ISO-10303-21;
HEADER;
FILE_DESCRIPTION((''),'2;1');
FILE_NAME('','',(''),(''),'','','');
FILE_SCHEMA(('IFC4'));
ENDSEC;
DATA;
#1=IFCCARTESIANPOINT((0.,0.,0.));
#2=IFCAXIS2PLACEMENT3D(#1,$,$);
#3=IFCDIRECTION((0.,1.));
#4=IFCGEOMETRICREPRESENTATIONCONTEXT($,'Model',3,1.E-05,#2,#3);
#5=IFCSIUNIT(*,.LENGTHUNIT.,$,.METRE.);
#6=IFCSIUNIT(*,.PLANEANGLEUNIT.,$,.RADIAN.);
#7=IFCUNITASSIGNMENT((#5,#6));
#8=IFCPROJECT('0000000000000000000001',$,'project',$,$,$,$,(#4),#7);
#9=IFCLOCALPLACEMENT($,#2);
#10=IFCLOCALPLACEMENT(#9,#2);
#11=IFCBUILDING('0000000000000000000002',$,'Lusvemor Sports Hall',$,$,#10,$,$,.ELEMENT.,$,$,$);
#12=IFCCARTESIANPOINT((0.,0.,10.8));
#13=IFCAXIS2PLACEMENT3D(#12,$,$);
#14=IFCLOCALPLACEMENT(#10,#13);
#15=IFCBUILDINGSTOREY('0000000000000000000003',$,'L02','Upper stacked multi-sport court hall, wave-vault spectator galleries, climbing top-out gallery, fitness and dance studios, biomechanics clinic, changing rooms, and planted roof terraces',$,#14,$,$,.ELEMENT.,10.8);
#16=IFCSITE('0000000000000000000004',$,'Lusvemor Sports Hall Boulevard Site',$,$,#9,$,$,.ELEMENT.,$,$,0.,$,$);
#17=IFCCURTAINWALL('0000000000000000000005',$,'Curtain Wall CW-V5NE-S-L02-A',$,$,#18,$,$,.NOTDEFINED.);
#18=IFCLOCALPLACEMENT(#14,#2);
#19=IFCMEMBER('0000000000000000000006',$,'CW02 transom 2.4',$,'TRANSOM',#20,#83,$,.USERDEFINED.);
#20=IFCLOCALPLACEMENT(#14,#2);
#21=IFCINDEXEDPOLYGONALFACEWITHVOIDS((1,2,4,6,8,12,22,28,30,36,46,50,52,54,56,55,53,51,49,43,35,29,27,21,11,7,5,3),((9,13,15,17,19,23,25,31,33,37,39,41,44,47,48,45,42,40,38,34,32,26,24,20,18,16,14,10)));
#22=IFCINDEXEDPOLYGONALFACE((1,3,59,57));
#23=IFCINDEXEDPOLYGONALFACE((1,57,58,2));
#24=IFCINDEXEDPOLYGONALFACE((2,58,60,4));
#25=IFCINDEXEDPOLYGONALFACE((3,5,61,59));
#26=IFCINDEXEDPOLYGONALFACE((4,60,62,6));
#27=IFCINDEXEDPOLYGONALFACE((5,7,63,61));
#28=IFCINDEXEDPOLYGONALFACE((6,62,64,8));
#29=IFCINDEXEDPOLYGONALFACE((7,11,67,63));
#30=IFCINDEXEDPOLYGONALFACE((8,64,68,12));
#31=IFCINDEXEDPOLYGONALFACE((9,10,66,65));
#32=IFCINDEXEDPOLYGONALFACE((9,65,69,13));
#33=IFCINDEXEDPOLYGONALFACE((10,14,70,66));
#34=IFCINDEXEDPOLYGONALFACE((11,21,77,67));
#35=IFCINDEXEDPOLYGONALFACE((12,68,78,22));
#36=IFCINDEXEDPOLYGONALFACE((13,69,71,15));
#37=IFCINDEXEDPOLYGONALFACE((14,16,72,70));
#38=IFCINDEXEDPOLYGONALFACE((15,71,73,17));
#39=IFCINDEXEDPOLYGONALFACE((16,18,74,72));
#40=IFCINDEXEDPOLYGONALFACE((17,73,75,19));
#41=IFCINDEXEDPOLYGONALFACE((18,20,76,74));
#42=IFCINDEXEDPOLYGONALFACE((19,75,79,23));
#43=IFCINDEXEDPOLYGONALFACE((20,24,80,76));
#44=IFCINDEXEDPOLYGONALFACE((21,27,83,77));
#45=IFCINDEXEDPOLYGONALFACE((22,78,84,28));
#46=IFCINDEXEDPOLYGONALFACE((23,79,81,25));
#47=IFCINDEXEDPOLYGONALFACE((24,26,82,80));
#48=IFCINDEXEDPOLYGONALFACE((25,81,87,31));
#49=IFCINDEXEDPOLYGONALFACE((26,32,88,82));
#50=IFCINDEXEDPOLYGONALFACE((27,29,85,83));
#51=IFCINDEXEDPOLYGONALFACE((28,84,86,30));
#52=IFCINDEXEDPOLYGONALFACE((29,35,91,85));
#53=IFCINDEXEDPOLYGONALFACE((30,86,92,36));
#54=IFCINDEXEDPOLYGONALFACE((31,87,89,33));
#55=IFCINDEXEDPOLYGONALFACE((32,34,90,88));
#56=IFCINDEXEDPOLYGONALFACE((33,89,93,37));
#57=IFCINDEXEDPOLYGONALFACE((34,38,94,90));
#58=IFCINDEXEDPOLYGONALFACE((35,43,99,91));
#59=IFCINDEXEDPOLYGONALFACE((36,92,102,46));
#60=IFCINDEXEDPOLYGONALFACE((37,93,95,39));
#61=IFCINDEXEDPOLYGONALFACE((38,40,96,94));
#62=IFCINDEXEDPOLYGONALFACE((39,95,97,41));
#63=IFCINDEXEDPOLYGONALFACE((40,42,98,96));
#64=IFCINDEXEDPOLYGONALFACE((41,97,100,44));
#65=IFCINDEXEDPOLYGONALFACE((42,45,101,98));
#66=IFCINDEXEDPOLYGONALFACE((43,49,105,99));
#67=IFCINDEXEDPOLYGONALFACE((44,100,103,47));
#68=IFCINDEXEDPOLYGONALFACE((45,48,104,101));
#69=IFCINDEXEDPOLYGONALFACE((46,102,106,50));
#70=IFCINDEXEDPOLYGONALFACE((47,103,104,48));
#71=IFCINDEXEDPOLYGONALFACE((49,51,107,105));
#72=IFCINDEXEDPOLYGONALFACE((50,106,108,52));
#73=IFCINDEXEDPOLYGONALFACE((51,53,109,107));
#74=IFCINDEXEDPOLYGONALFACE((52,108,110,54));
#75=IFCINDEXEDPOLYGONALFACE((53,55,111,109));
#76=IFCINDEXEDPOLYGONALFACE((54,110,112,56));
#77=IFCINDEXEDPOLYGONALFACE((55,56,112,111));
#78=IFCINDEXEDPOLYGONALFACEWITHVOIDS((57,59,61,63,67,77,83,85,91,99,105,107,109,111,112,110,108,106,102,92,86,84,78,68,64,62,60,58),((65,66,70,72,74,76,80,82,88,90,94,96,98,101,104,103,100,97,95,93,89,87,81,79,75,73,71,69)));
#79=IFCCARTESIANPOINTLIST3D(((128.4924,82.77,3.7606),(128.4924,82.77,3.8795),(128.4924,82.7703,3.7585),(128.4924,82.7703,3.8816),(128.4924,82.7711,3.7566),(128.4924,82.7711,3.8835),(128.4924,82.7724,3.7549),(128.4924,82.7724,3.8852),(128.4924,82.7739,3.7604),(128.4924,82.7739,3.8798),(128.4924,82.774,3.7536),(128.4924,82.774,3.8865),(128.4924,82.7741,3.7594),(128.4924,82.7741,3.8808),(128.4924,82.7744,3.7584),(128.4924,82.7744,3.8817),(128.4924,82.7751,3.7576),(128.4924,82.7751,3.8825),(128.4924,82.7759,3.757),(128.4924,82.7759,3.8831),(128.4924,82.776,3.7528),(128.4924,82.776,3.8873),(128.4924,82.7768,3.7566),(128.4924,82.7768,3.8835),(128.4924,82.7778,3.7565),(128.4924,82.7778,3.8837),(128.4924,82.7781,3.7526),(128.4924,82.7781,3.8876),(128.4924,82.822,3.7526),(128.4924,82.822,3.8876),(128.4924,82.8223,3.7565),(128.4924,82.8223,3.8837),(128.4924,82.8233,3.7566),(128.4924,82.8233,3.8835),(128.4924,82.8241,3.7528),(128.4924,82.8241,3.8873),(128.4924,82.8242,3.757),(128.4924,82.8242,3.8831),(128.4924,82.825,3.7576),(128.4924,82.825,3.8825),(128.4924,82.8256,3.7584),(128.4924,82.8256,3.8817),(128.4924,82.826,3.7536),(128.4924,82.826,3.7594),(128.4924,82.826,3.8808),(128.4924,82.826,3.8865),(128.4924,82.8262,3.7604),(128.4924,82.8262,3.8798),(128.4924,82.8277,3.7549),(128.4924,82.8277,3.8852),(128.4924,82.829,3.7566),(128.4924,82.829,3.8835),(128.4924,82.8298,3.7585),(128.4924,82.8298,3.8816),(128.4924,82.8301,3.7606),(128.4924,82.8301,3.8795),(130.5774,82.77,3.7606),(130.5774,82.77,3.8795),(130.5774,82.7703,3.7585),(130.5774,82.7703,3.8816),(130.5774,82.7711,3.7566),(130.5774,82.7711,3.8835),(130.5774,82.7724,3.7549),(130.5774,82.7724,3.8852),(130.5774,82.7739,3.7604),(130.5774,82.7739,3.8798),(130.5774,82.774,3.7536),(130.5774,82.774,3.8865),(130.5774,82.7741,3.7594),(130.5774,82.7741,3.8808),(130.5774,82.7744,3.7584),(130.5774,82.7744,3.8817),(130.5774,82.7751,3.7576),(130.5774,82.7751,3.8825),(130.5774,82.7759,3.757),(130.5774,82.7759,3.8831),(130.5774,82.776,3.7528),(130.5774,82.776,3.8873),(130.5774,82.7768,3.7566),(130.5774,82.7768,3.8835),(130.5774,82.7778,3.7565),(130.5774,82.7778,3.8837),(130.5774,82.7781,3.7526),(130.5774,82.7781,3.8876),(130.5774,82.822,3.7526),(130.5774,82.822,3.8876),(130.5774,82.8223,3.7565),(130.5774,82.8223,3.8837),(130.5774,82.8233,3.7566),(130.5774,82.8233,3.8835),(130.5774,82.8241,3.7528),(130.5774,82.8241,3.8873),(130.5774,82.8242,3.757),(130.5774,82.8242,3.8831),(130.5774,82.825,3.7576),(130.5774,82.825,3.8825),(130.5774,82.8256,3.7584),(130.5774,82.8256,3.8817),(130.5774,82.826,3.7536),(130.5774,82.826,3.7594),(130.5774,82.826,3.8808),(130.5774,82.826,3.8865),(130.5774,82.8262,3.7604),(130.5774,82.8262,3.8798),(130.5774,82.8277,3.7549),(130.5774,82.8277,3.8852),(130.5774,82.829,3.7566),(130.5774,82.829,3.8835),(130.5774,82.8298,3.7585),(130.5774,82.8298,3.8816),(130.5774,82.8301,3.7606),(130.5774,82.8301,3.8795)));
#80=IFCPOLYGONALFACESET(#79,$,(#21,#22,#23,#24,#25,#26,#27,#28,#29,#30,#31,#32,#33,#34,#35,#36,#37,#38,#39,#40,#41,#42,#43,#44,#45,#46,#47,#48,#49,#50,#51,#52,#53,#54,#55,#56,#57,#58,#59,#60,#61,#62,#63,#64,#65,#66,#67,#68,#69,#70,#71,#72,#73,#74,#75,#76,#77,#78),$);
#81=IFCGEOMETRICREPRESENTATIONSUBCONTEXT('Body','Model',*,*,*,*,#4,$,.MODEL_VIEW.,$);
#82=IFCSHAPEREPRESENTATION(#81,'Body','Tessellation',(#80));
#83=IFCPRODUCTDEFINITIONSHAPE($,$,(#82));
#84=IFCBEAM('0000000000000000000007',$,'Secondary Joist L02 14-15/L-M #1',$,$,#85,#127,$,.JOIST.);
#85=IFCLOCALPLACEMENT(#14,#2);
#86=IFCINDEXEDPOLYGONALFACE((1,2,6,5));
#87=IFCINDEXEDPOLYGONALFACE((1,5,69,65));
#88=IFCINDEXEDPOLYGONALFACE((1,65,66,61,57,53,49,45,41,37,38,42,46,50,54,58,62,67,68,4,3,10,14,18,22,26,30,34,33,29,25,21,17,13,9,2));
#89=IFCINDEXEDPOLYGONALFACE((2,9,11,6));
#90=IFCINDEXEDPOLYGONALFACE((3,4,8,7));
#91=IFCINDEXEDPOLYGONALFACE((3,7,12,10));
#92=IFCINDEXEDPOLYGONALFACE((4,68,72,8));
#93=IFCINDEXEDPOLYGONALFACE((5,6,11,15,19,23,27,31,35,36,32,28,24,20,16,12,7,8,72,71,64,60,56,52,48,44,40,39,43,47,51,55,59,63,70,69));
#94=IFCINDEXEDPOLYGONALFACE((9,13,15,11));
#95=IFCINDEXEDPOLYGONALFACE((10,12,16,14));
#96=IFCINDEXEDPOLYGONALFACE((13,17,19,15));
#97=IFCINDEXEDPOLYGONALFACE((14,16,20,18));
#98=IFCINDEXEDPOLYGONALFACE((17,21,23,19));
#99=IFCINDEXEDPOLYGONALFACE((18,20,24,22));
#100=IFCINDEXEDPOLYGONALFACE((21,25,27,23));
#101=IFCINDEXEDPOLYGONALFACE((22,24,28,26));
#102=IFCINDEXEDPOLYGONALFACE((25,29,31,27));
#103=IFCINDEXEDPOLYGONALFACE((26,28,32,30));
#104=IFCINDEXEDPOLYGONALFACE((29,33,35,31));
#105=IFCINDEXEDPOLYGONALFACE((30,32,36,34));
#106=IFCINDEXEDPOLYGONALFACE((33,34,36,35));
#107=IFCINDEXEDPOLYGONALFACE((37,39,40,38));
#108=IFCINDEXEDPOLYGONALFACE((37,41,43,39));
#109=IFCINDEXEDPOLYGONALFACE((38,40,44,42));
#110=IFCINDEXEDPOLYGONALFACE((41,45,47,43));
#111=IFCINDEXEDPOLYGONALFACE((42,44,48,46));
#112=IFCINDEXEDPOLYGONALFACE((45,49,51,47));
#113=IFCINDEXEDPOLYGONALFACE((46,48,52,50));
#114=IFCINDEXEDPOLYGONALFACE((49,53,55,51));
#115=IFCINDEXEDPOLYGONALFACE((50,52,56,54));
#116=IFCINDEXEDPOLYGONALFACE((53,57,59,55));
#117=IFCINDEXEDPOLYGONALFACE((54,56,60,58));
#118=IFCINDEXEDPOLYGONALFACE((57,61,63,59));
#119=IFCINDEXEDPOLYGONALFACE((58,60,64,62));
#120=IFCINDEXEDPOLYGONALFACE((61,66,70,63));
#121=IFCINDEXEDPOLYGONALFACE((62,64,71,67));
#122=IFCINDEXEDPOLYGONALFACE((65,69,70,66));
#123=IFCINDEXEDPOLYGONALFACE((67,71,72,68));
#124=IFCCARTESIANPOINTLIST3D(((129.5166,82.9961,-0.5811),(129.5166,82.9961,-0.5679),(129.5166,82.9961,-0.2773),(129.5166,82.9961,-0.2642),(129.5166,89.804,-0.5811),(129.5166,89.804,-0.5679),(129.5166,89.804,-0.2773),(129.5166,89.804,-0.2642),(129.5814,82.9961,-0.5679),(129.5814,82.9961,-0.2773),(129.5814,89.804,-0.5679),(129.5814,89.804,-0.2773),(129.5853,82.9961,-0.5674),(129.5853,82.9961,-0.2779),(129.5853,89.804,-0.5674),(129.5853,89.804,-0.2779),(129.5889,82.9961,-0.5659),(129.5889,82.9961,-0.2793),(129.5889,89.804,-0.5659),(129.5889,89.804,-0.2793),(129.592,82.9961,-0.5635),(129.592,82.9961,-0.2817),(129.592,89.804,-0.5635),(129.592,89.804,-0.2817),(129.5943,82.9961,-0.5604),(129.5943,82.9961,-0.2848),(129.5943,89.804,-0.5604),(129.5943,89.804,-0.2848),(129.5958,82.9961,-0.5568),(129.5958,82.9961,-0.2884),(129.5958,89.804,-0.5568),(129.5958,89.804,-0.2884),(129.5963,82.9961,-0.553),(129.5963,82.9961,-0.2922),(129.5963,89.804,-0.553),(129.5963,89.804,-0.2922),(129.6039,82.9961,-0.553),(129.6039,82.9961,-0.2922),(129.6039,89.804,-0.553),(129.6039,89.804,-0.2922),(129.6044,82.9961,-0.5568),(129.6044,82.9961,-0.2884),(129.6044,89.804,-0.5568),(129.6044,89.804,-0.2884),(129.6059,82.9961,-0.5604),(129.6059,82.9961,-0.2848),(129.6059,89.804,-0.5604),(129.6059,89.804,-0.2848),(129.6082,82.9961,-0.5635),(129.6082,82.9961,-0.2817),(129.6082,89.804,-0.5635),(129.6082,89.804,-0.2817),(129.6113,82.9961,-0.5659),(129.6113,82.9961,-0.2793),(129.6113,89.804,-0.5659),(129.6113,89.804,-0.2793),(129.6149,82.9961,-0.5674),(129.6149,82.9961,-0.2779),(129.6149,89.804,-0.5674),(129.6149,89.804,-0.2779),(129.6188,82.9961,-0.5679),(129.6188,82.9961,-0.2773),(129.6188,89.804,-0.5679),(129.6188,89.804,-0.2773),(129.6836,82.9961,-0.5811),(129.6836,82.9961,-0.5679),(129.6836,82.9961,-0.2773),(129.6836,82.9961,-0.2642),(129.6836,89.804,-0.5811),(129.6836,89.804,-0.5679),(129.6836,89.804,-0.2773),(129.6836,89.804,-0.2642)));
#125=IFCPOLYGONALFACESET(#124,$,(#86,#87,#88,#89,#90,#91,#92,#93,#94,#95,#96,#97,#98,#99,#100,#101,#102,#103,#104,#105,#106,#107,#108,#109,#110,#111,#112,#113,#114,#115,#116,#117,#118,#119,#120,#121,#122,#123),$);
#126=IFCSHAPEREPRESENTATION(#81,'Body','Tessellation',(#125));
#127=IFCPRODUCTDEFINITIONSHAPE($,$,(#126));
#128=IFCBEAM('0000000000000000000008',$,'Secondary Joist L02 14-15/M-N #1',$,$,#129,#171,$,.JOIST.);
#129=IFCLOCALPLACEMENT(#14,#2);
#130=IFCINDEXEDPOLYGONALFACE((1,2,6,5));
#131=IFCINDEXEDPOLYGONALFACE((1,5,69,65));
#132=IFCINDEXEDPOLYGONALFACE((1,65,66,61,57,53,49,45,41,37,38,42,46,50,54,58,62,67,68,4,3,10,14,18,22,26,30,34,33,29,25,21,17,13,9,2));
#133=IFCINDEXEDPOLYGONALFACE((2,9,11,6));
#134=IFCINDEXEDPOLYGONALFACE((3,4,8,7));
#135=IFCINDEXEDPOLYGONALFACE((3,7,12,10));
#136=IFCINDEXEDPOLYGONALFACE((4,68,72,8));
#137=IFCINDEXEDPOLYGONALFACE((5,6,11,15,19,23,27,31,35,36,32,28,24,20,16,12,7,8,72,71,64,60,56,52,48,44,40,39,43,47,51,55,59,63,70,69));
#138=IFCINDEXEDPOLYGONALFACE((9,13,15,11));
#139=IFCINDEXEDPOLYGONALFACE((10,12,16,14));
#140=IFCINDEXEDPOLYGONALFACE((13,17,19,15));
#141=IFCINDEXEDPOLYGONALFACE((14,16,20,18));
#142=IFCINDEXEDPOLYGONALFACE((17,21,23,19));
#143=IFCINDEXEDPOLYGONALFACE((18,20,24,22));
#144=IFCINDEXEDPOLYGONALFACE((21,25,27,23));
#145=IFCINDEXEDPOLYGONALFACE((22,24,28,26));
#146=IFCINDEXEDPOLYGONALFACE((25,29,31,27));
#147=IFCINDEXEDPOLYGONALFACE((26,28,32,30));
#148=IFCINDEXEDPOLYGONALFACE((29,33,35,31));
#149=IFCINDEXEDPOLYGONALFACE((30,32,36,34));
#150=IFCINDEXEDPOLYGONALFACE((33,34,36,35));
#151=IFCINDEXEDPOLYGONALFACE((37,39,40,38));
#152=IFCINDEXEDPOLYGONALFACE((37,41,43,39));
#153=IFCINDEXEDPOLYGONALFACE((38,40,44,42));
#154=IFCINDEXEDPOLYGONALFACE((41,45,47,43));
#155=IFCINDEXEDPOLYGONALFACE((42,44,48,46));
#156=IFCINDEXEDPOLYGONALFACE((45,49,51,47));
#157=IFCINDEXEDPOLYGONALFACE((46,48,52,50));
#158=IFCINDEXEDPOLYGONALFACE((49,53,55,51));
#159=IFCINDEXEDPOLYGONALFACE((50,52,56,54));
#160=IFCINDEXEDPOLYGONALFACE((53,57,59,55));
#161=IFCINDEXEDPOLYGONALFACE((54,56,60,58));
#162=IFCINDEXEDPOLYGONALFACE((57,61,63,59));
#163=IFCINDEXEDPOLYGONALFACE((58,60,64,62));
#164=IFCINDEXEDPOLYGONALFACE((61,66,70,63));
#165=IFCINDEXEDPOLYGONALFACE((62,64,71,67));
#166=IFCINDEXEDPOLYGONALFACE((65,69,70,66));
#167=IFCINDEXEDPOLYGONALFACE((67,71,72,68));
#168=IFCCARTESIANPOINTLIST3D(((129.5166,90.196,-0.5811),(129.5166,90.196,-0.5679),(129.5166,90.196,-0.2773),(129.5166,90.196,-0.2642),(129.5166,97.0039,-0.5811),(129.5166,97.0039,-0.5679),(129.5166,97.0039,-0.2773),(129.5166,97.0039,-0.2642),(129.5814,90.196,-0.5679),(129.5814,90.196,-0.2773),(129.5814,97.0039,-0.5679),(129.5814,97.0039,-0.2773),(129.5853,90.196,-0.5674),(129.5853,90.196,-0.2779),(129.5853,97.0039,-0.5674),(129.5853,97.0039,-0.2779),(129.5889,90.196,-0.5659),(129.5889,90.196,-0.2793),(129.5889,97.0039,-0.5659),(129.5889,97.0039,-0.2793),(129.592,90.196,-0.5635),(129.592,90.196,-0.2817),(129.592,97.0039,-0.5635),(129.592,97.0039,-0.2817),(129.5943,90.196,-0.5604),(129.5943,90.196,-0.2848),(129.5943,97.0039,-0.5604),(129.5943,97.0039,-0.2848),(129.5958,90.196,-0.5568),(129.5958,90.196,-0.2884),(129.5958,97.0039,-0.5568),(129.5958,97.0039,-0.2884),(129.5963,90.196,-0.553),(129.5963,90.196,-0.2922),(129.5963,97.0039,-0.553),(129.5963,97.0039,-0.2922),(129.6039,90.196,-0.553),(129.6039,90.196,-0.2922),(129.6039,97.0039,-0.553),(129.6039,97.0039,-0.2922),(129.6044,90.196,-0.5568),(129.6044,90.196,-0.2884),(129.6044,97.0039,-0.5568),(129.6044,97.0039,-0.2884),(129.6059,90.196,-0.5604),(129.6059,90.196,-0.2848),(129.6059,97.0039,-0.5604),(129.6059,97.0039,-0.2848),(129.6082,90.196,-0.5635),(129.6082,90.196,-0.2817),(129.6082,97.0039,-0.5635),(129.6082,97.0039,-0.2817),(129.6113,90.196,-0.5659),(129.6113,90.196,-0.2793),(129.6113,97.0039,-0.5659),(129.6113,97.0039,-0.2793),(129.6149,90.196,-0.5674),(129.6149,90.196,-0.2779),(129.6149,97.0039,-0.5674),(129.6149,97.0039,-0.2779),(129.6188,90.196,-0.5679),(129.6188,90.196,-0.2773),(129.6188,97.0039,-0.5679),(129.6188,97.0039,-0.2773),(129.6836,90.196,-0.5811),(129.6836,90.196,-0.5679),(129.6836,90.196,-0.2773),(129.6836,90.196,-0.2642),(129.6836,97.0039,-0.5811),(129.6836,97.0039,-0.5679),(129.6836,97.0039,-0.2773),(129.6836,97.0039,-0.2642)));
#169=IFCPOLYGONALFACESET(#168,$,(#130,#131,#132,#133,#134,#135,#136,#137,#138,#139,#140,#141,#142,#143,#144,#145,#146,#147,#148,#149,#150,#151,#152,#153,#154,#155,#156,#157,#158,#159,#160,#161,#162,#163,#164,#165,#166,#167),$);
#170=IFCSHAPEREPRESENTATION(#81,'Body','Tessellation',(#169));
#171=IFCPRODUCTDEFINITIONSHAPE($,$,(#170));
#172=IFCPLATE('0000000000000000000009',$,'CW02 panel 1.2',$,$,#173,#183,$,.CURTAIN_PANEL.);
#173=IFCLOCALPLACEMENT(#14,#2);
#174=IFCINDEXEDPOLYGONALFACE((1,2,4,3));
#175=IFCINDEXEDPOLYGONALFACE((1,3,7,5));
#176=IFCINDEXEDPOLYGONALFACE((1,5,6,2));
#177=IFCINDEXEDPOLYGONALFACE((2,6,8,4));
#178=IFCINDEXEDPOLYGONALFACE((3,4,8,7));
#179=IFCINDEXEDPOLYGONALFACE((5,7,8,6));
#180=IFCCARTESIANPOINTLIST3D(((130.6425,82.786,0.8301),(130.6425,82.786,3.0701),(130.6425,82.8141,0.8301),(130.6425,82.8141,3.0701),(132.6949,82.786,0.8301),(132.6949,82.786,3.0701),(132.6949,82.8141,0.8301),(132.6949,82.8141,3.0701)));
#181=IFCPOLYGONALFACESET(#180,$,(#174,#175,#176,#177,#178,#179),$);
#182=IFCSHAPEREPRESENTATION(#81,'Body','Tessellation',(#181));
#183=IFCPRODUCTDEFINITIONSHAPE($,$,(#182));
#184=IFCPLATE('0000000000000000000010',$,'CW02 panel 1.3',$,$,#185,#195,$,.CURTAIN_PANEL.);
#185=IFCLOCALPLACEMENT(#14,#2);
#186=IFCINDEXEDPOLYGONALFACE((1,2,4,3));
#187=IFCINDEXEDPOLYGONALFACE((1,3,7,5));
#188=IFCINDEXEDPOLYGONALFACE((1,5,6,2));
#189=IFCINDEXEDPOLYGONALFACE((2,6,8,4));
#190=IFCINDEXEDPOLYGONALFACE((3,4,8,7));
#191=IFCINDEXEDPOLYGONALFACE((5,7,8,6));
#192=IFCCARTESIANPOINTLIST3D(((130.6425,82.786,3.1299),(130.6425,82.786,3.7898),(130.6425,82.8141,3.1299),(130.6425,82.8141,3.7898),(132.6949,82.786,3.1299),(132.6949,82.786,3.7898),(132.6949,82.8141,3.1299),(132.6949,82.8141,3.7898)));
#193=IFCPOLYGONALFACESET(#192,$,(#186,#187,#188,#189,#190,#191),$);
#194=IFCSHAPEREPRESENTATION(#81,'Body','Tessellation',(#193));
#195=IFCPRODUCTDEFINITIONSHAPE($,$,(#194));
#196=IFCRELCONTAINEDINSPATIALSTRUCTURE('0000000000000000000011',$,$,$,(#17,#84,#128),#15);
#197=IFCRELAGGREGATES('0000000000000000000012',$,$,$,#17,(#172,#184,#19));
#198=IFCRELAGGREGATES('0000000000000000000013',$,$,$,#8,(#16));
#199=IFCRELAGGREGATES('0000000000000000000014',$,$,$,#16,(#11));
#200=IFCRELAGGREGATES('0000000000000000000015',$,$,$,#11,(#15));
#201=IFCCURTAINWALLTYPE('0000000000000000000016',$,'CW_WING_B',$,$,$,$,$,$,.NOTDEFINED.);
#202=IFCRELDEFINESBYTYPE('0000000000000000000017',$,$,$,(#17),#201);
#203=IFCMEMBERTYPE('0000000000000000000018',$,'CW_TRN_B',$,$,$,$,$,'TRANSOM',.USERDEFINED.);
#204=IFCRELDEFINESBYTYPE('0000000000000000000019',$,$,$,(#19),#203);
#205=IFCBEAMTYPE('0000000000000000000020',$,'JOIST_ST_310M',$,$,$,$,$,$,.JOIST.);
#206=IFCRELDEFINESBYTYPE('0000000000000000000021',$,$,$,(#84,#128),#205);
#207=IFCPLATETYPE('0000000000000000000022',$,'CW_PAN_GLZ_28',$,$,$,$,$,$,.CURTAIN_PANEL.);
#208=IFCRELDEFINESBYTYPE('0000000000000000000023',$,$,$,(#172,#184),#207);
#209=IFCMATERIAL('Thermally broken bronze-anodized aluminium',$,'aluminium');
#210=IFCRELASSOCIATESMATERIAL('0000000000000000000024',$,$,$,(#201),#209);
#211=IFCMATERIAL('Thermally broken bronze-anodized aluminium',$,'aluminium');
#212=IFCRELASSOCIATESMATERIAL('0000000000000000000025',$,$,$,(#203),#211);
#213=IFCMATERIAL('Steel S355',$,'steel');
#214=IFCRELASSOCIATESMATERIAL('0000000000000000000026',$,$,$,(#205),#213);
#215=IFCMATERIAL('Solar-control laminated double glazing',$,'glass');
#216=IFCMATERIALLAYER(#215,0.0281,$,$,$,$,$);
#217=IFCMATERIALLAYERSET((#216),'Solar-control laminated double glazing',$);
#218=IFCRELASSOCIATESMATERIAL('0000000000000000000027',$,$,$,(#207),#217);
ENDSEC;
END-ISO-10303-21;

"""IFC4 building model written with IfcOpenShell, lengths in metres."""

from ifc_helpers import new_model, si_unit, direction, frame, origin, origin_2d, place, context, subcontext, project, spatial, rectangle, hollow_rectangle, i_section, extrude, material, layer, layer_set, material_profile, profile_set, type_object, element, aggregate, save


model = new_model("IFC4")

# Units and contexts
model_context = context("Model", 3, precision=1e-05, world=origin(), true_north=direction((0.0, 1.0)))
body_context = subcontext(model_context, "Body", "Model", "MODEL_VIEW")
ifc_project = project(units=[si_unit("LENGTHUNIT", "METRE"), si_unit("PLANEANGLEUNIT", "RADIAN")], contexts=[model_context])

# Site, building, storey
site_placement = place(None, origin())
site = spatial("IfcSite", under=ifc_project, at=site_placement, Name="Lusvemor Sports Hall Boulevard Site", CompositionType="ELEMENT", RefElevation=0.0)
building_placement = place(site_placement, origin())
building = spatial("IfcBuilding", under=site, at=building_placement, Name="Lusvemor Sports Hall", CompositionType="ELEMENT")
storey_placement = place(building_placement, frame((0.0, 0.0, 10.8)))
storey = spatial("IfcBuildingStorey", under=building, at=storey_placement, Name="L02", Description="Upper stacked multi-sport court hall, wave-vault spectator galleries, climbing top-out gallery, fitness and dance studios, biomechanics clinic, changing rooms, and planted roof terraces", CompositionType="ELEMENT", Elevation=10.8)

# Curtain wall, member
ifc_material_1 = material(Name="Thermally broken bronze-anodized aluminium", Category="aluminium")
curtain_wall_type = type_object("IfcCurtainWallType", Name="CW_WING_B", PredefinedType="NOTDEFINED", material=ifc_material_1)
curtain_wall_placement = place(storey_placement, origin())
curtain_wall = element("IfcCurtainWall", 1, at=curtain_wall_placement, inside=storey, type_object=curtain_wall_type, Name="Curtain Wall CW-V5NE-S-L02-A", PredefinedType="NOTDEFINED")
ifc_material_2 = material(Name="Thermally broken bronze-anodized aluminium", Category="aluminium")
ifc_material_profile_1 = material_profile(ifc_material_2, hollow_rectangle(XDim=0.0601, YDim=0.135, WallThickness=0.0039, InnerFilletRadius=0.0039, OuterFilletRadius=0.0081, at=origin_2d()), Name="CWTRN135x60x4")
ifc_profile_set_1 = profile_set([ifc_material_profile_1], Name="Thermally broken bronze-anodized aluminium")
member_type_1 = type_object("IfcMemberType", Name="CW_TRN_B", ElementType="TRANSOM", PredefinedType="USERDEFINED", material=ifc_profile_set_1)
member_1_placement = place(storey_placement, frame((130.5774, 82.8, 3.8201), z_axis=(-1.0, 0.0, 0.0), x_axis=(0.0, -1.0, 0.0)))
member_1 = element("IfcMember", 2, at=member_1_placement, type_object=member_type_1, Name="CW02 transom 2.4", ObjectType="TRANSOM", PredefinedType="USERDEFINED", context=body_context, shape_type="SweptSolid", body=[
    extrude(hollow_rectangle(XDim=0.0601, YDim=0.135, WallThickness=0.0039, InnerFilletRadius=0.0039, OuterFilletRadius=0.0081, at=origin_2d()), origin(), (0.0, 0.0, 1.0), 2.085),
])

# Beams
ifc_material_3 = material(Name="Steel S355", Category="steel")
ifc_material_profile_2 = material_profile(ifc_material_3, i_section(OverallWidth=0.167, OverallDepth=0.3169, WebThickness=0.0076, FlangeThickness=0.0132, FilletRadius=0.0149, at=origin_2d()), Name="W310x52.0")
ifc_profile_set_2 = profile_set([ifc_material_profile_2], Name="Steel S355")
beam_type_1 = type_object("IfcBeamType", Name="JOIST_ST_310M", PredefinedType="JOIST", material=ifc_profile_set_2)
for number, where, z_axis, x_axis, name in (
    (3, (129.6001, 82.9961, -0.4226), (0.0, 1.0, 0.0), (-1.0, 0.0, 0.0), "Secondary Joist L02 14-15/L-M #1"),
    (4, (129.6001, 90.196, -0.4226), (0.0, 1.0, 0.0), (-1.0, 0.0, 0.0), "Secondary Joist L02 14-15/M-N #1"),
):
    element("IfcBeam", number, at=place(storey_placement, frame(where, z_axis=z_axis, x_axis=x_axis)), inside=storey, type_object=beam_type_1, Name=name, PredefinedType="JOIST", context=body_context, shape_type="SweptSolid", body=[
        extrude(i_section(OverallWidth=0.167, OverallDepth=0.3169, WebThickness=0.0076, FlangeThickness=0.0132, FilletRadius=0.0149, at=origin_2d()), origin(), (0.0, 0.0, 1.0), 6.8079),
    ])

# Plates
ifc_material_4 = material(Name="Solar-control laminated double glazing", Category="glass")
ifc_layer_1 = layer(ifc_material_4, 0.0281)
ifc_layer_set_1 = layer_set([ifc_layer_1], Name="Solar-control laminated double glazing")
plate_type_1 = type_object("IfcPlateType", Name="CW_PAN_GLZ_28", PredefinedType="CURTAIN_PANEL", material=ifc_layer_set_1)
plate_1_placement = place(storey_placement, frame((131.6687, 82.8, 0.8301), z_axis=(0.0, 0.0, 1.0), x_axis=(-1.0, 0.0, 0.0)))
plate_1 = element("IfcPlate", 5, at=plate_1_placement, type_object=plate_type_1, Name="CW02 panel 1.2", PredefinedType="CURTAIN_PANEL", context=body_context, shape_type="SweptSolid", body=[
    extrude(rectangle(XDim=2.0525, YDim=0.0281, at=origin_2d()), origin(), (0.0, 0.0, 1.0), 2.24),
])
plate_2_placement = place(storey_placement, frame((131.6687, 82.8, 3.1299), z_axis=(0.0, 0.0, 1.0), x_axis=(-1.0, 0.0, 0.0)))
plate_2 = element("IfcPlate", 6, at=plate_2_placement, type_object=plate_type_1, Name="CW02 panel 1.3", PredefinedType="CURTAIN_PANEL", context=body_context, shape_type="SweptSolid", body=[
    extrude(rectangle(XDim=2.0525, YDim=0.0281, at=origin_2d()), origin(), (0.0, 0.0, 1.0), 0.6599),
])
aggregate(curtain_wall, [plate_1, plate_2, member_1])

save(model, "model.ifc")
